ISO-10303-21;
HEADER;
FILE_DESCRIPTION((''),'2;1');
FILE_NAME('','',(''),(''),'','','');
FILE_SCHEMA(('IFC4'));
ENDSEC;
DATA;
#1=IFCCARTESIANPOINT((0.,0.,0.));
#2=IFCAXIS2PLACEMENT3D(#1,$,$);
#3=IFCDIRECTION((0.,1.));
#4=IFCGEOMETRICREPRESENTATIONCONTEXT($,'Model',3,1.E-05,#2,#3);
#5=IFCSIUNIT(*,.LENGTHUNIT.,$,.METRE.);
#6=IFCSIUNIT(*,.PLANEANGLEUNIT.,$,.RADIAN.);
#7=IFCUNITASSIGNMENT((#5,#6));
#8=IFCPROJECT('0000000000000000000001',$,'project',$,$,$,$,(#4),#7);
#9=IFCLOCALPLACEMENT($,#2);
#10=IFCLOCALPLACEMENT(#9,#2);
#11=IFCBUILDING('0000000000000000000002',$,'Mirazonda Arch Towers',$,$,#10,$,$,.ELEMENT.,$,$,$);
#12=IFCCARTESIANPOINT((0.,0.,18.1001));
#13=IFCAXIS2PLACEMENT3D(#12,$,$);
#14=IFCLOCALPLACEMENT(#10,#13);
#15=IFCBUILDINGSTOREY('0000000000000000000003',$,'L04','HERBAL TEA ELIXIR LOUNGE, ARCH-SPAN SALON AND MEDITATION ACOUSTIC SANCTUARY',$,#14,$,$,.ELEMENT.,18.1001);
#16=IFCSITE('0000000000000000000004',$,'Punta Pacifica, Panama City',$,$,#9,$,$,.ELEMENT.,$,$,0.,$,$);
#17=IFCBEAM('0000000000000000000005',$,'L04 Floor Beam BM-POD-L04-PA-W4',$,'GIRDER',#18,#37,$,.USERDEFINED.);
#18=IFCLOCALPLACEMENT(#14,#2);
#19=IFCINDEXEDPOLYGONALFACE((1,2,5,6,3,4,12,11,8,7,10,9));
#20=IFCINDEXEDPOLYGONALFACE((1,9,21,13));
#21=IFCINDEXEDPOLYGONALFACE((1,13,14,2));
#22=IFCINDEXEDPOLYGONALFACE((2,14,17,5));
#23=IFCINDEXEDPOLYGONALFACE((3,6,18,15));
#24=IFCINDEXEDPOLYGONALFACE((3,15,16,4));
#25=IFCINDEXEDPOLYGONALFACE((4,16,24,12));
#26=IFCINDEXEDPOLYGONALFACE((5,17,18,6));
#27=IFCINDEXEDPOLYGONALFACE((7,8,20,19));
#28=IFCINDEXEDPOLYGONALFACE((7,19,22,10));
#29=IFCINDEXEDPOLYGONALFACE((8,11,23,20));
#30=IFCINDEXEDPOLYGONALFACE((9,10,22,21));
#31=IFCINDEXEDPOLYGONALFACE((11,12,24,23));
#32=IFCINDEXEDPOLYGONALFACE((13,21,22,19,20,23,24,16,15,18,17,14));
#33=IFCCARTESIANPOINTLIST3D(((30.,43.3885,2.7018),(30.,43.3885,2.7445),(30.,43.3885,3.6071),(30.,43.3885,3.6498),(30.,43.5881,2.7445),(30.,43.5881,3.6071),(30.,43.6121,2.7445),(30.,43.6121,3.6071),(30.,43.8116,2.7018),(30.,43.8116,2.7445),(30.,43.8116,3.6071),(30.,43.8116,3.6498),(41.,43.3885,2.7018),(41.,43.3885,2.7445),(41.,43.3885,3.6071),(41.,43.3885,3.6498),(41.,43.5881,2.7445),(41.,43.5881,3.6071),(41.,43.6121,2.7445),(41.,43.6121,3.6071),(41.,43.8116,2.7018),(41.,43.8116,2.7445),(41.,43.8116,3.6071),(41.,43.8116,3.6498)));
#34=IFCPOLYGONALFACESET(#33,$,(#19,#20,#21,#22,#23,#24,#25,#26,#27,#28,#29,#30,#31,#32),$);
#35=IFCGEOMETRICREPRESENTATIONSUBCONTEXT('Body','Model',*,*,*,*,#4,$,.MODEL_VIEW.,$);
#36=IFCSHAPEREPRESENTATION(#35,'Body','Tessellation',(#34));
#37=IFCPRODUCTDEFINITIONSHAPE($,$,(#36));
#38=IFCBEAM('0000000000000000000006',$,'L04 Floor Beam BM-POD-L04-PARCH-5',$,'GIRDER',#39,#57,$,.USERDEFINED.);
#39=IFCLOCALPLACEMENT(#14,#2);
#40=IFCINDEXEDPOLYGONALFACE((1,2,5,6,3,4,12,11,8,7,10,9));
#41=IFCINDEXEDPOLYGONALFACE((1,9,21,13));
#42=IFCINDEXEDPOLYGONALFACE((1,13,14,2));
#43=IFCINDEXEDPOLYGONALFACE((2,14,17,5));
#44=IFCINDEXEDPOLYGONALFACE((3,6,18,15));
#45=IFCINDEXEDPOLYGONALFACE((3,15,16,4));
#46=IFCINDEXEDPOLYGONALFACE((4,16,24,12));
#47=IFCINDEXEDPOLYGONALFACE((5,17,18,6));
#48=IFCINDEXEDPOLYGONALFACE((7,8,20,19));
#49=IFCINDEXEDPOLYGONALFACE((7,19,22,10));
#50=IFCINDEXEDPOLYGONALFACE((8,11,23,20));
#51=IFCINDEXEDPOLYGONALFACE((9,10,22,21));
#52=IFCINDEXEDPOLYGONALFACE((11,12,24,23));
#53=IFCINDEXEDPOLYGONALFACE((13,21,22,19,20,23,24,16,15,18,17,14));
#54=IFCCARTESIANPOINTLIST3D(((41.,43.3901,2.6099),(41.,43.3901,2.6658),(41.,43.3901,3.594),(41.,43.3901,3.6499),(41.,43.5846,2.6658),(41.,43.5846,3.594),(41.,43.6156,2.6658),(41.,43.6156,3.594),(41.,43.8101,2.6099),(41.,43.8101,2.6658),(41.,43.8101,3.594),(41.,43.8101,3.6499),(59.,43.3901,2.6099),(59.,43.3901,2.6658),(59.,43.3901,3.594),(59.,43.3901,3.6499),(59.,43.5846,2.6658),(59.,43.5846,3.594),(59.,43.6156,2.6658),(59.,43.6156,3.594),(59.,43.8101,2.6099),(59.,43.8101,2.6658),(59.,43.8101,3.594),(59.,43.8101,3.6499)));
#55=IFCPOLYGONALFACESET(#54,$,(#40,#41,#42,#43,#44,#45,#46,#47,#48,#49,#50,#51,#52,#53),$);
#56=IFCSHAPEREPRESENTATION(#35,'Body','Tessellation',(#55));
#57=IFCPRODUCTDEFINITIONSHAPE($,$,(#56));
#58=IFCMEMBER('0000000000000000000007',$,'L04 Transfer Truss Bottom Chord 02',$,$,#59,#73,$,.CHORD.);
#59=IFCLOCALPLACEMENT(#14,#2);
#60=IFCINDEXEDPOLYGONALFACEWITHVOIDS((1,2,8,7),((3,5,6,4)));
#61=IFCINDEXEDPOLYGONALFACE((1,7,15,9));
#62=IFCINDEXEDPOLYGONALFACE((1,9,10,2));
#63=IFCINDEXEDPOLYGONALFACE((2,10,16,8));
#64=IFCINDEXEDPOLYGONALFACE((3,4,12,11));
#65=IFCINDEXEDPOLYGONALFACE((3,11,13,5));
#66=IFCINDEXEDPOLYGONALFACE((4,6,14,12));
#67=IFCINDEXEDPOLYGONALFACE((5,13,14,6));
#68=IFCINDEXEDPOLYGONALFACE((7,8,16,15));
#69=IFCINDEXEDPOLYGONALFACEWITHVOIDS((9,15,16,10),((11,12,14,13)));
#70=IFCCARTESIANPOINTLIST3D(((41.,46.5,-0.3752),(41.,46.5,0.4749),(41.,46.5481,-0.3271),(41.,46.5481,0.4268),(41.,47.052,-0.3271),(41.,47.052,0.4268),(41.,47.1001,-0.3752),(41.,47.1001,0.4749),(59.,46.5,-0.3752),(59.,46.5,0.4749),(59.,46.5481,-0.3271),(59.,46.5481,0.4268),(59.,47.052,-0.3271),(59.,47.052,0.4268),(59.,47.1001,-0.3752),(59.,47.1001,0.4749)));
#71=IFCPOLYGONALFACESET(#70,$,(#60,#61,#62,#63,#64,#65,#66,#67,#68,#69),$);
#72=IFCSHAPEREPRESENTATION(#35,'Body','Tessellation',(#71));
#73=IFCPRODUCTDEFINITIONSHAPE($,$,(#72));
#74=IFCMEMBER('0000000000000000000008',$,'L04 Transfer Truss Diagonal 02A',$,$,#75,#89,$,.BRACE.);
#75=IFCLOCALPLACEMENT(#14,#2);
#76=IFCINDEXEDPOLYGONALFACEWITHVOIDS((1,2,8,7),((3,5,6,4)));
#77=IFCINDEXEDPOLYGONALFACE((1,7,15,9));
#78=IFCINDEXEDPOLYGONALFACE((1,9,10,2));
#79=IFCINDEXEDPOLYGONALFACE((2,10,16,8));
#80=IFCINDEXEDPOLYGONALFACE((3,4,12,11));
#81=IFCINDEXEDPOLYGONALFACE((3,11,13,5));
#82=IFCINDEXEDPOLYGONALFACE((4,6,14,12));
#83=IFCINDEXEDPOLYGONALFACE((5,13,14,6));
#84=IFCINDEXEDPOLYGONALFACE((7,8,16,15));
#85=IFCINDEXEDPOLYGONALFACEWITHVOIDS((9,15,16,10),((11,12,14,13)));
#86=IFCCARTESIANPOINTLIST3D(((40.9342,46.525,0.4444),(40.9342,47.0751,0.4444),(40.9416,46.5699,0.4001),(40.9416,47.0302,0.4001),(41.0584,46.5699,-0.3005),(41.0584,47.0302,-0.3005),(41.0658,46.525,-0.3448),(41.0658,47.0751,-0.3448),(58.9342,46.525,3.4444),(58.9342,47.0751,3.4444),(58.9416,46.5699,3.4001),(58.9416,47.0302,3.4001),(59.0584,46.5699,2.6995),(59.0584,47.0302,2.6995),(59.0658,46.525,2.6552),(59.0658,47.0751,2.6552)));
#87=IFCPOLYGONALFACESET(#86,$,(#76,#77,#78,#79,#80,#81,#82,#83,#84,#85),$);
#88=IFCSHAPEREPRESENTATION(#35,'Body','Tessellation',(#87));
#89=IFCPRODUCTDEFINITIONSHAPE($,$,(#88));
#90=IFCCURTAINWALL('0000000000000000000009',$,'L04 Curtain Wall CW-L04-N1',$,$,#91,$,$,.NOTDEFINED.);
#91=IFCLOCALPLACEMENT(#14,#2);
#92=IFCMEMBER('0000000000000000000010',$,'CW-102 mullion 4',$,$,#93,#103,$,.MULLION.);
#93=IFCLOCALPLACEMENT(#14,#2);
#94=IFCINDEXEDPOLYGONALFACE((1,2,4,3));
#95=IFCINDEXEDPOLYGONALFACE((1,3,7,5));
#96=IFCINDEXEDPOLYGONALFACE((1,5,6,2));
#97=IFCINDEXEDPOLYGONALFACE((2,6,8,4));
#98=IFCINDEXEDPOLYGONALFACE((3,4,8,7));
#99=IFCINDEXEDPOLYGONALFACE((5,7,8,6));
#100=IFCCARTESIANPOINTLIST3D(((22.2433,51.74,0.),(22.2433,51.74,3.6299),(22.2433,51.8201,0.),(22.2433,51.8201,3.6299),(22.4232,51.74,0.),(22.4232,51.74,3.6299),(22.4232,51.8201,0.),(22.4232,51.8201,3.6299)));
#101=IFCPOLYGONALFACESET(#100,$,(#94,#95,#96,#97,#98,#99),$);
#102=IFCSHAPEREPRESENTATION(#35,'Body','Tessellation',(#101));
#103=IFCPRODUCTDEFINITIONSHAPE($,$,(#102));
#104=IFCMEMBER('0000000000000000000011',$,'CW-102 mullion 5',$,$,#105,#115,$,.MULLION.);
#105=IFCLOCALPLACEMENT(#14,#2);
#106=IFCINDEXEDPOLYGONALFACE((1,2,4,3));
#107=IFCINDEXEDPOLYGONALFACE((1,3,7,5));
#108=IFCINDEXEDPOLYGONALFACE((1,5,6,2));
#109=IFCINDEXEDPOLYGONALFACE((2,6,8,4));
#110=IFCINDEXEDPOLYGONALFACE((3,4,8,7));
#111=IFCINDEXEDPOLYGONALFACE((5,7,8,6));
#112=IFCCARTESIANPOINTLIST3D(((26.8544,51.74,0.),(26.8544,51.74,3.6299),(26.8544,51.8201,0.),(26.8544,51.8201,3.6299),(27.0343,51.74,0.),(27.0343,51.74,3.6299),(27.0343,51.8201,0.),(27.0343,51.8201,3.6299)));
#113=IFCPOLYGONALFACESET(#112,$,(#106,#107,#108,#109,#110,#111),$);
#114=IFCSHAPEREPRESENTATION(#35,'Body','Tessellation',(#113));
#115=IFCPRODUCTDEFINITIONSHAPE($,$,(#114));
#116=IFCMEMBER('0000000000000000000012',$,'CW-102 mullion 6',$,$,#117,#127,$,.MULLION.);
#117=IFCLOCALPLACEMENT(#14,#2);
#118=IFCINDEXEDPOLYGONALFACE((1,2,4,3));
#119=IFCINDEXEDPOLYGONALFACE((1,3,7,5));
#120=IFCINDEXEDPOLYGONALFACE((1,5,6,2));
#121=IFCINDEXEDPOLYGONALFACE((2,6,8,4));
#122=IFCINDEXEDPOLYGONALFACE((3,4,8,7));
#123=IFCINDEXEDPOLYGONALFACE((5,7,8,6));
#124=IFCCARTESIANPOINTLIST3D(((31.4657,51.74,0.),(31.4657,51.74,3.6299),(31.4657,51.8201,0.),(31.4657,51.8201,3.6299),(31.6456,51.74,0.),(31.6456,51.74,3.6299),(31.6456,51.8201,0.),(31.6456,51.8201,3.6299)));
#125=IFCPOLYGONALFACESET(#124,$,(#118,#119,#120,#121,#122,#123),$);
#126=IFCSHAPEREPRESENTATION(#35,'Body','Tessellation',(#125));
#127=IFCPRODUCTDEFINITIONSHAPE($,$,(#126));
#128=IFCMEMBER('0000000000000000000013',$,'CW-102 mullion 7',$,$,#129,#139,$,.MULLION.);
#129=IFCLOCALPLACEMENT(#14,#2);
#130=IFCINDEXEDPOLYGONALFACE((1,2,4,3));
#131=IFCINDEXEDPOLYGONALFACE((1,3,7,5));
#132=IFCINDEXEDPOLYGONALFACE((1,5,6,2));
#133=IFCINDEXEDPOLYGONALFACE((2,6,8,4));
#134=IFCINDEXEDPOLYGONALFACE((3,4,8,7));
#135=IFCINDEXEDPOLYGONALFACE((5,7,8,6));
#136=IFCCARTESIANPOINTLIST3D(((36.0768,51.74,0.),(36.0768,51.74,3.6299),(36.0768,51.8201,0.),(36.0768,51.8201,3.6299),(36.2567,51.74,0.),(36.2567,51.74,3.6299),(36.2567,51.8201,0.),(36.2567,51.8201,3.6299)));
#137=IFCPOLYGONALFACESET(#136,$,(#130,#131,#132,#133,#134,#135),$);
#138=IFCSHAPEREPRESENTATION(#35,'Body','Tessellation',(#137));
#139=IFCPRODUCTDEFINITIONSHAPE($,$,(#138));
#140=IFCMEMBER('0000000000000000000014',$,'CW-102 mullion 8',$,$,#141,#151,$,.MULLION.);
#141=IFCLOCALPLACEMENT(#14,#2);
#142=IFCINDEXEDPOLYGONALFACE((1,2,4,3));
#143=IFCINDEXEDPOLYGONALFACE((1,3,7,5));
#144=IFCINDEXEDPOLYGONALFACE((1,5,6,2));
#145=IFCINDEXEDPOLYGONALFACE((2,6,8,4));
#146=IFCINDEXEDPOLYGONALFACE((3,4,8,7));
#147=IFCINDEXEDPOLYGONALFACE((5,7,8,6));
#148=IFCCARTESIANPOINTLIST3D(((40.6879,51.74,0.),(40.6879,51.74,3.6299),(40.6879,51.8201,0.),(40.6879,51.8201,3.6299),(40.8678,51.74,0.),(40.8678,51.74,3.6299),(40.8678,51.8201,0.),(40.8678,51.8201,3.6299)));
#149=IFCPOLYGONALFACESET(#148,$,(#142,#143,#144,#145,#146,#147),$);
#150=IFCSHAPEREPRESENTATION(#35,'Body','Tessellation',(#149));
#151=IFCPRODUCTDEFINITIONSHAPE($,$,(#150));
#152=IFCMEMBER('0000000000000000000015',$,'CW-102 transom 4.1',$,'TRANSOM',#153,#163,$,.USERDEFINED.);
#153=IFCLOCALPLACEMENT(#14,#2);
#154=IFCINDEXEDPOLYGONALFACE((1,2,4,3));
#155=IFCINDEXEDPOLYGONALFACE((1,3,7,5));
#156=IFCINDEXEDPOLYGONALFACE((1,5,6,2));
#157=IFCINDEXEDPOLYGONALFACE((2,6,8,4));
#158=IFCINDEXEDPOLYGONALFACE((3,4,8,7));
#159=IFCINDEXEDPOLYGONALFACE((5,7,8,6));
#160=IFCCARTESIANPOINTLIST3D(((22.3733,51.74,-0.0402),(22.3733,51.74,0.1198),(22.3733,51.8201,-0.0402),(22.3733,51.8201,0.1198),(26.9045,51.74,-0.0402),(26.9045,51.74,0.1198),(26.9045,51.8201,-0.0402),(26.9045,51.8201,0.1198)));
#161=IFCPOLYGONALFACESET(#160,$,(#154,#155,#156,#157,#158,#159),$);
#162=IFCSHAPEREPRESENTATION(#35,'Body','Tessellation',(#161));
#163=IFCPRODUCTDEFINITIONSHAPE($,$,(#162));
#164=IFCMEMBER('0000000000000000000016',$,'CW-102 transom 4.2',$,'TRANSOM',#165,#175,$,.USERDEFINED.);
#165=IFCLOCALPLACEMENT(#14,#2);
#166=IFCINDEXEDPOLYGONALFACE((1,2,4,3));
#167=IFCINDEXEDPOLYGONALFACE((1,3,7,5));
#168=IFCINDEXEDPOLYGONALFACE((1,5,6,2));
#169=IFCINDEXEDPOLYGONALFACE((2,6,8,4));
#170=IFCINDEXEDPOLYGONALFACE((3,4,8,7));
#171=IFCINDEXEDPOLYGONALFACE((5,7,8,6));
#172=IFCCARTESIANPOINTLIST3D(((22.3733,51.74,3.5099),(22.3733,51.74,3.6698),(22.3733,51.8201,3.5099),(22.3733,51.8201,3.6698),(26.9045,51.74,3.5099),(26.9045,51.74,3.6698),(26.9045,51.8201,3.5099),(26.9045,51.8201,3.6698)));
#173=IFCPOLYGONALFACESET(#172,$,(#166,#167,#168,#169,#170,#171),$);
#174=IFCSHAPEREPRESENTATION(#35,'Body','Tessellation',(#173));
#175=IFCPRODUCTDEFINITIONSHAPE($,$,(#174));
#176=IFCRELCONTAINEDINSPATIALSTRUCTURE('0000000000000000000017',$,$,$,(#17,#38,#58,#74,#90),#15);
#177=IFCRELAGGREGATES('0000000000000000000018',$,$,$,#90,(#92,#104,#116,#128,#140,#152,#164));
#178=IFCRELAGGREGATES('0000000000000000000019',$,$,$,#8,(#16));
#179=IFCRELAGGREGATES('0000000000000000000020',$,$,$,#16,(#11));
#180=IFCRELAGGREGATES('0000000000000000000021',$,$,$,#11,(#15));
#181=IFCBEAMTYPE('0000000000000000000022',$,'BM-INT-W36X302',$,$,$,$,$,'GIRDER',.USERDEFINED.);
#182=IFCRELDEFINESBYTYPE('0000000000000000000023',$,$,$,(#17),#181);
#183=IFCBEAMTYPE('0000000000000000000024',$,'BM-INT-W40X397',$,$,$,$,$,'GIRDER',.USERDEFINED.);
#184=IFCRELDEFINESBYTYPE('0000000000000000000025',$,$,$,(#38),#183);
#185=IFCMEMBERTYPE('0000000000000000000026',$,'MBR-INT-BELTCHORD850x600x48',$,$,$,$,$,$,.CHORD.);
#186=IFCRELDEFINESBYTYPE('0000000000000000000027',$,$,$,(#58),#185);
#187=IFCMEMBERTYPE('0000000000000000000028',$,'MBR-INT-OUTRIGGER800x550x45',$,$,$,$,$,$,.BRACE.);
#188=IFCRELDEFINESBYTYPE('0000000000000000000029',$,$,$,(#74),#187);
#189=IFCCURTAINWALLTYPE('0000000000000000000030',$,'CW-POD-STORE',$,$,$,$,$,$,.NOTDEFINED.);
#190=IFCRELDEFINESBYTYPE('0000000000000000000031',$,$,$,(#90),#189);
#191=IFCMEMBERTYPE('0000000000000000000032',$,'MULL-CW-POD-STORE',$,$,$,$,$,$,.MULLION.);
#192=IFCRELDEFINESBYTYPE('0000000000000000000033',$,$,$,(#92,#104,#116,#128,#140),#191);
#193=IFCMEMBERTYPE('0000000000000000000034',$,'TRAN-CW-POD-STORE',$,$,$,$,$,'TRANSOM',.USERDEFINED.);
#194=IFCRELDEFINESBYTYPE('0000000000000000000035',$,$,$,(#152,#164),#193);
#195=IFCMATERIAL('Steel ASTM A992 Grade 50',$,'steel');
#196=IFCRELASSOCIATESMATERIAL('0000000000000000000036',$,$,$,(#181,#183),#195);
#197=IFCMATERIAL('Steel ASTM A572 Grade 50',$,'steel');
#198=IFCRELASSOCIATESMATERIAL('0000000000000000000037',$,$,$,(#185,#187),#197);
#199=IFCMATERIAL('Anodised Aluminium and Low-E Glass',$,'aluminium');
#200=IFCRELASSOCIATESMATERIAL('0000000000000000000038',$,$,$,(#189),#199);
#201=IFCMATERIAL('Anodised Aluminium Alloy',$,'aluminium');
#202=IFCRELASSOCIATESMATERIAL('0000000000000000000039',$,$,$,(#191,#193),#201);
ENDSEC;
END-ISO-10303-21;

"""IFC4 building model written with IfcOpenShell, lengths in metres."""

from ifc_helpers import new_model, si_unit, direction, frame, origin, origin_2d, place, context, subcontext, project, spatial, rectangle, hollow_rectangle, i_section, extrude, material, material_profile, profile_set, type_object, element, aggregate, save


model = new_model("IFC4")

# Units and contexts
model_context = context("Model", 3, precision=1e-05, world=origin(), true_north=direction((0.0, 1.0)))
body_context = subcontext(model_context, "Body", "Model", "MODEL_VIEW")
ifc_project = project(units=[si_unit("LENGTHUNIT", "METRE"), si_unit("PLANEANGLEUNIT", "RADIAN")], contexts=[model_context])

# Site, building, storey
site_placement = place(None, origin())
site = spatial("IfcSite", under=ifc_project, at=site_placement, Name="Punta Pacifica, Panama City", CompositionType="ELEMENT", RefElevation=0.0)
building_placement = place(site_placement, origin())
building = spatial("IfcBuilding", under=site, at=building_placement, Name="Mirazonda Arch Towers", CompositionType="ELEMENT")
storey_placement = place(building_placement, frame((0.0, 0.0, 18.1001)))
storey = spatial("IfcBuildingStorey", under=building, at=storey_placement, Name="L04", Description="HERBAL TEA ELIXIR LOUNGE, ARCH-SPAN SALON AND MEDITATION ACOUSTIC SANCTUARY", CompositionType="ELEMENT", Elevation=18.1001)

# Beams
ifc_material_1 = material(Name="Steel ASTM A992 Grade 50", Category="steel")
ifc_material_profile_1 = material_profile(ifc_material_1, i_section(OverallWidth=0.4231, OverallDepth=0.948, WebThickness=0.0239, FlangeThickness=0.0427, at=origin_2d()), Name="W36X302")
ifc_profile_set_1 = profile_set([ifc_material_profile_1], Name="Steel ASTM A992 Grade 50")
beam_type_1 = type_object("IfcBeamType", Name="BM-INT-W36X302", ElementType="GIRDER", PredefinedType="USERDEFINED", material=ifc_profile_set_1)
beam_1_placement = place(storey_placement, frame((30.0, 43.6001, 3.1758), z_axis=(1.0, 0.0, 0.0), x_axis=(0.0, 1.0, 0.0)))
element("IfcBeam", 1, at=beam_1_placement, inside=storey, type_object=beam_type_1, Name="L04 Floor Beam BM-POD-L04-PA-W4", ObjectType="GIRDER", PredefinedType="USERDEFINED", context=body_context, shape_type="SweptSolid", body=[
    extrude(i_section(OverallWidth=0.4231, OverallDepth=0.948, WebThickness=0.0239, FlangeThickness=0.0427, at=origin_2d()), origin(), (0.0, 0.0, 1.0), 11.0),
])
ifc_material_profile_2 = material_profile(ifc_material_1, i_section(OverallWidth=0.4199, OverallDepth=1.04, WebThickness=0.031, FlangeThickness=0.0559, at=origin_2d()), Name="W40X397")
ifc_profile_set_2 = profile_set([ifc_material_profile_2], Name="Steel ASTM A992 Grade 50")
beam_type_2 = type_object("IfcBeamType", Name="BM-INT-W40X397", ElementType="GIRDER", PredefinedType="USERDEFINED", material=ifc_profile_set_2)
beam_2_placement = place(storey_placement, frame((41.0, 43.6001, 3.1299), z_axis=(1.0, 0.0, 0.0), x_axis=(0.0, 1.0, 0.0)))
element("IfcBeam", 2, at=beam_2_placement, inside=storey, type_object=beam_type_2, Name="L04 Floor Beam BM-POD-L04-PARCH-5", ObjectType="GIRDER", PredefinedType="USERDEFINED", context=body_context, shape_type="SweptSolid", body=[
    extrude(i_section(OverallWidth=0.4199, OverallDepth=1.04, WebThickness=0.031, FlangeThickness=0.0559, at=origin_2d()), origin(), (0.0, 0.0, 1.0), 18.0),
])

# Members
ifc_material_2 = material(Name="Steel ASTM A572 Grade 50", Category="steel")
ifc_material_profile_3 = material_profile(ifc_material_2, hollow_rectangle(XDim=0.6001, YDim=0.8501, WallThickness=0.0481, at=origin_2d()), Name="BELTCHORD850x600x48")
ifc_profile_set_3 = profile_set([ifc_material_profile_3], Name="Steel ASTM A572 Grade 50")
member_type_1 = type_object("IfcMemberType", Name="MBR-INT-BELTCHORD850x600x48", PredefinedType="CHORD", material=ifc_profile_set_3)
member_1_placement = place(storey_placement, frame((41.0, 46.8, 0.0498), z_axis=(1.0, 0.0, 0.0), x_axis=(0.0, 1.0, 0.0)))
element("IfcMember", 3, at=member_1_placement, inside=storey, type_object=member_type_1, Name="L04 Transfer Truss Bottom Chord 02", PredefinedType="CHORD", context=body_context, shape_type="SweptSolid", body=[
    extrude(hollow_rectangle(XDim=0.6001, YDim=0.8501, WallThickness=0.0481, at=origin_2d()), origin(), (0.0, 0.0, 1.0), 18.0),
])
ifc_material_profile_4 = material_profile(ifc_material_2, hollow_rectangle(XDim=0.55, YDim=0.8, WallThickness=0.0449, at=origin_2d()), Name="OUTRIGGER800x550x45")
ifc_profile_set_4 = profile_set([ifc_material_profile_4], Name="Steel ASTM A572 Grade 50")
member_type_2 = type_object("IfcMemberType", Name="MBR-INT-OUTRIGGER800x550x45", PredefinedType="BRACE", material=ifc_profile_set_4)
member_2_placement = place(storey_placement, frame((41.0, 46.8, 0.0498), z_axis=(0.986394, 0.0, 0.164399), x_axis=(0.0, 1.0, 0.0)))
element("IfcMember", 4, at=member_2_placement, inside=storey, type_object=member_type_2, Name="L04 Transfer Truss Diagonal 02A", PredefinedType="BRACE", context=body_context, shape_type="SweptSolid", body=[
    extrude(hollow_rectangle(XDim=0.55, YDim=0.8, WallThickness=0.0449, at=origin_2d()), origin(), (0.0, 0.0, 1.0), 18.2483),
])

# Curtain wall, members
ifc_material_3 = material(Name="Anodised Aluminium and Low-E Glass", Category="aluminium")
curtain_wall_type = type_object("IfcCurtainWallType", Name="CW-POD-STORE", PredefinedType="NOTDEFINED", material=ifc_material_3)
curtain_wall_placement = place(storey_placement, origin())
curtain_wall = element("IfcCurtainWall", 5, at=curtain_wall_placement, inside=storey, type_object=curtain_wall_type, Name="L04 Curtain Wall CW-L04-N1", PredefinedType="NOTDEFINED")
ifc_material_4 = material(Name="Anodised Aluminium Alloy", Category="aluminium")
ifc_material_profile_5 = material_profile(ifc_material_4, rectangle(XDim=0.0801, YDim=0.1799, at=origin_2d()), Name="ALU-MULL-80x180")
ifc_profile_set_5 = profile_set([ifc_material_profile_5], Name="Anodised Aluminium Alloy")
member_type_3 = type_object("IfcMemberType", Name="MULL-CW-POD-STORE", PredefinedType="MULLION", material=ifc_profile_set_5)
member_3_placement = place(storey_placement, frame((22.3333, 51.78, 0.0), z_axis=(0.0, 0.0, 1.0), x_axis=(0.0, 1.0, 0.0)))
member_3 = element("IfcMember", 6, at=member_3_placement, type_object=member_type_3, Name="CW-102 mullion 4", PredefinedType="MULLION", context=body_context, shape_type="SweptSolid", body=[
    extrude(rectangle(XDim=0.0801, YDim=0.1799, at=origin_2d()), origin(), (0.0, 0.0, 1.0), 3.6299),
])
member_4_placement = place(storey_placement, frame((26.9443, 51.78, 0.0), z_axis=(0.0, 0.0, 1.0), x_axis=(0.0, 1.0, 0.0)))
member_4 = element("IfcMember", 7, at=member_4_placement, type_object=member_type_3, Name="CW-102 mullion 5", PredefinedType="MULLION", context=body_context, shape_type="SweptSolid", body=[
    extrude(rectangle(XDim=0.0801, YDim=0.1799, at=origin_2d()), origin(), (0.0, 0.0, 1.0), 3.6299),
])
member_5_placement = place(storey_placement, frame((31.5557, 51.78, 0.0), z_axis=(0.0, 0.0, 1.0), x_axis=(0.0, 1.0, 0.0)))
member_5 = element("IfcMember", 8, at=member_5_placement, type_object=member_type_3, Name="CW-102 mullion 6", PredefinedType="MULLION", context=body_context, shape_type="SweptSolid", body=[
    extrude(rectangle(XDim=0.0801, YDim=0.1799, at=origin_2d()), origin(), (0.0, 0.0, 1.0), 3.6299),
])
member_6_placement = place(storey_placement, frame((36.1667, 51.78, 0.0), z_axis=(0.0, 0.0, 1.0), x_axis=(0.0, 1.0, 0.0)))
member_6 = element("IfcMember", 9, at=member_6_placement, type_object=member_type_3, Name="CW-102 mullion 7", PredefinedType="MULLION", context=body_context, shape_type="SweptSolid", body=[
    extrude(rectangle(XDim=0.0801, YDim=0.1799, at=origin_2d()), origin(), (0.0, 0.0, 1.0), 3.6299),
])
member_7_placement = place(storey_placement, frame((40.7778, 51.78, 0.0), z_axis=(0.0, 0.0, 1.0), x_axis=(0.0, 1.0, 0.0)))
member_7 = element("IfcMember", 10, at=member_7_placement, type_object=member_type_3, Name="CW-102 mullion 8", PredefinedType="MULLION", context=body_context, shape_type="SweptSolid", body=[
    extrude(rectangle(XDim=0.0801, YDim=0.1799, at=origin_2d()), origin(), (0.0, 0.0, 1.0), 3.6299),
])
ifc_material_profile_6 = material_profile(ifc_material_4, rectangle(XDim=0.0801, YDim=0.1599, at=origin_2d()), Name="ALU-TRAN-80x160")
ifc_profile_set_6 = profile_set([ifc_material_profile_6], Name="Anodised Aluminium Alloy")
member_type_4 = type_object("IfcMemberType", Name="TRAN-CW-POD-STORE", ElementType="TRANSOM", PredefinedType="USERDEFINED", material=ifc_profile_set_6)
member_8_placement = place(storey_placement, frame((22.3733, 51.78, 0.0398), z_axis=(1.0, 0.0, 0.0), x_axis=(0.0, 1.0, 0.0)))
member_8 = element("IfcMember", 11, at=member_8_placement, type_object=member_type_4, Name="CW-102 transom 4.1", ObjectType="TRANSOM", PredefinedType="USERDEFINED", context=body_context, shape_type="SweptSolid", body=[
    extrude(rectangle(XDim=0.0801, YDim=0.1599, at=origin_2d()), origin(), (0.0, 0.0, 1.0), 4.5312),
])
member_9_placement = place(storey_placement, frame((22.3733, 51.78, 3.5898), z_axis=(1.0, 0.0, 0.0), x_axis=(0.0, 1.0, 0.0)))
member_9 = element("IfcMember", 12, at=member_9_placement, type_object=member_type_4, Name="CW-102 transom 4.2", ObjectType="TRANSOM", PredefinedType="USERDEFINED", context=body_context, shape_type="SweptSolid", body=[
    extrude(rectangle(XDim=0.0801, YDim=0.1599, at=origin_2d()), origin(), (0.0, 0.0, 1.0), 4.5312),
])
aggregate(curtain_wall, [member_3, member_4, member_5, member_6, member_7, member_8, member_9])

save(model, "model.ifc")
